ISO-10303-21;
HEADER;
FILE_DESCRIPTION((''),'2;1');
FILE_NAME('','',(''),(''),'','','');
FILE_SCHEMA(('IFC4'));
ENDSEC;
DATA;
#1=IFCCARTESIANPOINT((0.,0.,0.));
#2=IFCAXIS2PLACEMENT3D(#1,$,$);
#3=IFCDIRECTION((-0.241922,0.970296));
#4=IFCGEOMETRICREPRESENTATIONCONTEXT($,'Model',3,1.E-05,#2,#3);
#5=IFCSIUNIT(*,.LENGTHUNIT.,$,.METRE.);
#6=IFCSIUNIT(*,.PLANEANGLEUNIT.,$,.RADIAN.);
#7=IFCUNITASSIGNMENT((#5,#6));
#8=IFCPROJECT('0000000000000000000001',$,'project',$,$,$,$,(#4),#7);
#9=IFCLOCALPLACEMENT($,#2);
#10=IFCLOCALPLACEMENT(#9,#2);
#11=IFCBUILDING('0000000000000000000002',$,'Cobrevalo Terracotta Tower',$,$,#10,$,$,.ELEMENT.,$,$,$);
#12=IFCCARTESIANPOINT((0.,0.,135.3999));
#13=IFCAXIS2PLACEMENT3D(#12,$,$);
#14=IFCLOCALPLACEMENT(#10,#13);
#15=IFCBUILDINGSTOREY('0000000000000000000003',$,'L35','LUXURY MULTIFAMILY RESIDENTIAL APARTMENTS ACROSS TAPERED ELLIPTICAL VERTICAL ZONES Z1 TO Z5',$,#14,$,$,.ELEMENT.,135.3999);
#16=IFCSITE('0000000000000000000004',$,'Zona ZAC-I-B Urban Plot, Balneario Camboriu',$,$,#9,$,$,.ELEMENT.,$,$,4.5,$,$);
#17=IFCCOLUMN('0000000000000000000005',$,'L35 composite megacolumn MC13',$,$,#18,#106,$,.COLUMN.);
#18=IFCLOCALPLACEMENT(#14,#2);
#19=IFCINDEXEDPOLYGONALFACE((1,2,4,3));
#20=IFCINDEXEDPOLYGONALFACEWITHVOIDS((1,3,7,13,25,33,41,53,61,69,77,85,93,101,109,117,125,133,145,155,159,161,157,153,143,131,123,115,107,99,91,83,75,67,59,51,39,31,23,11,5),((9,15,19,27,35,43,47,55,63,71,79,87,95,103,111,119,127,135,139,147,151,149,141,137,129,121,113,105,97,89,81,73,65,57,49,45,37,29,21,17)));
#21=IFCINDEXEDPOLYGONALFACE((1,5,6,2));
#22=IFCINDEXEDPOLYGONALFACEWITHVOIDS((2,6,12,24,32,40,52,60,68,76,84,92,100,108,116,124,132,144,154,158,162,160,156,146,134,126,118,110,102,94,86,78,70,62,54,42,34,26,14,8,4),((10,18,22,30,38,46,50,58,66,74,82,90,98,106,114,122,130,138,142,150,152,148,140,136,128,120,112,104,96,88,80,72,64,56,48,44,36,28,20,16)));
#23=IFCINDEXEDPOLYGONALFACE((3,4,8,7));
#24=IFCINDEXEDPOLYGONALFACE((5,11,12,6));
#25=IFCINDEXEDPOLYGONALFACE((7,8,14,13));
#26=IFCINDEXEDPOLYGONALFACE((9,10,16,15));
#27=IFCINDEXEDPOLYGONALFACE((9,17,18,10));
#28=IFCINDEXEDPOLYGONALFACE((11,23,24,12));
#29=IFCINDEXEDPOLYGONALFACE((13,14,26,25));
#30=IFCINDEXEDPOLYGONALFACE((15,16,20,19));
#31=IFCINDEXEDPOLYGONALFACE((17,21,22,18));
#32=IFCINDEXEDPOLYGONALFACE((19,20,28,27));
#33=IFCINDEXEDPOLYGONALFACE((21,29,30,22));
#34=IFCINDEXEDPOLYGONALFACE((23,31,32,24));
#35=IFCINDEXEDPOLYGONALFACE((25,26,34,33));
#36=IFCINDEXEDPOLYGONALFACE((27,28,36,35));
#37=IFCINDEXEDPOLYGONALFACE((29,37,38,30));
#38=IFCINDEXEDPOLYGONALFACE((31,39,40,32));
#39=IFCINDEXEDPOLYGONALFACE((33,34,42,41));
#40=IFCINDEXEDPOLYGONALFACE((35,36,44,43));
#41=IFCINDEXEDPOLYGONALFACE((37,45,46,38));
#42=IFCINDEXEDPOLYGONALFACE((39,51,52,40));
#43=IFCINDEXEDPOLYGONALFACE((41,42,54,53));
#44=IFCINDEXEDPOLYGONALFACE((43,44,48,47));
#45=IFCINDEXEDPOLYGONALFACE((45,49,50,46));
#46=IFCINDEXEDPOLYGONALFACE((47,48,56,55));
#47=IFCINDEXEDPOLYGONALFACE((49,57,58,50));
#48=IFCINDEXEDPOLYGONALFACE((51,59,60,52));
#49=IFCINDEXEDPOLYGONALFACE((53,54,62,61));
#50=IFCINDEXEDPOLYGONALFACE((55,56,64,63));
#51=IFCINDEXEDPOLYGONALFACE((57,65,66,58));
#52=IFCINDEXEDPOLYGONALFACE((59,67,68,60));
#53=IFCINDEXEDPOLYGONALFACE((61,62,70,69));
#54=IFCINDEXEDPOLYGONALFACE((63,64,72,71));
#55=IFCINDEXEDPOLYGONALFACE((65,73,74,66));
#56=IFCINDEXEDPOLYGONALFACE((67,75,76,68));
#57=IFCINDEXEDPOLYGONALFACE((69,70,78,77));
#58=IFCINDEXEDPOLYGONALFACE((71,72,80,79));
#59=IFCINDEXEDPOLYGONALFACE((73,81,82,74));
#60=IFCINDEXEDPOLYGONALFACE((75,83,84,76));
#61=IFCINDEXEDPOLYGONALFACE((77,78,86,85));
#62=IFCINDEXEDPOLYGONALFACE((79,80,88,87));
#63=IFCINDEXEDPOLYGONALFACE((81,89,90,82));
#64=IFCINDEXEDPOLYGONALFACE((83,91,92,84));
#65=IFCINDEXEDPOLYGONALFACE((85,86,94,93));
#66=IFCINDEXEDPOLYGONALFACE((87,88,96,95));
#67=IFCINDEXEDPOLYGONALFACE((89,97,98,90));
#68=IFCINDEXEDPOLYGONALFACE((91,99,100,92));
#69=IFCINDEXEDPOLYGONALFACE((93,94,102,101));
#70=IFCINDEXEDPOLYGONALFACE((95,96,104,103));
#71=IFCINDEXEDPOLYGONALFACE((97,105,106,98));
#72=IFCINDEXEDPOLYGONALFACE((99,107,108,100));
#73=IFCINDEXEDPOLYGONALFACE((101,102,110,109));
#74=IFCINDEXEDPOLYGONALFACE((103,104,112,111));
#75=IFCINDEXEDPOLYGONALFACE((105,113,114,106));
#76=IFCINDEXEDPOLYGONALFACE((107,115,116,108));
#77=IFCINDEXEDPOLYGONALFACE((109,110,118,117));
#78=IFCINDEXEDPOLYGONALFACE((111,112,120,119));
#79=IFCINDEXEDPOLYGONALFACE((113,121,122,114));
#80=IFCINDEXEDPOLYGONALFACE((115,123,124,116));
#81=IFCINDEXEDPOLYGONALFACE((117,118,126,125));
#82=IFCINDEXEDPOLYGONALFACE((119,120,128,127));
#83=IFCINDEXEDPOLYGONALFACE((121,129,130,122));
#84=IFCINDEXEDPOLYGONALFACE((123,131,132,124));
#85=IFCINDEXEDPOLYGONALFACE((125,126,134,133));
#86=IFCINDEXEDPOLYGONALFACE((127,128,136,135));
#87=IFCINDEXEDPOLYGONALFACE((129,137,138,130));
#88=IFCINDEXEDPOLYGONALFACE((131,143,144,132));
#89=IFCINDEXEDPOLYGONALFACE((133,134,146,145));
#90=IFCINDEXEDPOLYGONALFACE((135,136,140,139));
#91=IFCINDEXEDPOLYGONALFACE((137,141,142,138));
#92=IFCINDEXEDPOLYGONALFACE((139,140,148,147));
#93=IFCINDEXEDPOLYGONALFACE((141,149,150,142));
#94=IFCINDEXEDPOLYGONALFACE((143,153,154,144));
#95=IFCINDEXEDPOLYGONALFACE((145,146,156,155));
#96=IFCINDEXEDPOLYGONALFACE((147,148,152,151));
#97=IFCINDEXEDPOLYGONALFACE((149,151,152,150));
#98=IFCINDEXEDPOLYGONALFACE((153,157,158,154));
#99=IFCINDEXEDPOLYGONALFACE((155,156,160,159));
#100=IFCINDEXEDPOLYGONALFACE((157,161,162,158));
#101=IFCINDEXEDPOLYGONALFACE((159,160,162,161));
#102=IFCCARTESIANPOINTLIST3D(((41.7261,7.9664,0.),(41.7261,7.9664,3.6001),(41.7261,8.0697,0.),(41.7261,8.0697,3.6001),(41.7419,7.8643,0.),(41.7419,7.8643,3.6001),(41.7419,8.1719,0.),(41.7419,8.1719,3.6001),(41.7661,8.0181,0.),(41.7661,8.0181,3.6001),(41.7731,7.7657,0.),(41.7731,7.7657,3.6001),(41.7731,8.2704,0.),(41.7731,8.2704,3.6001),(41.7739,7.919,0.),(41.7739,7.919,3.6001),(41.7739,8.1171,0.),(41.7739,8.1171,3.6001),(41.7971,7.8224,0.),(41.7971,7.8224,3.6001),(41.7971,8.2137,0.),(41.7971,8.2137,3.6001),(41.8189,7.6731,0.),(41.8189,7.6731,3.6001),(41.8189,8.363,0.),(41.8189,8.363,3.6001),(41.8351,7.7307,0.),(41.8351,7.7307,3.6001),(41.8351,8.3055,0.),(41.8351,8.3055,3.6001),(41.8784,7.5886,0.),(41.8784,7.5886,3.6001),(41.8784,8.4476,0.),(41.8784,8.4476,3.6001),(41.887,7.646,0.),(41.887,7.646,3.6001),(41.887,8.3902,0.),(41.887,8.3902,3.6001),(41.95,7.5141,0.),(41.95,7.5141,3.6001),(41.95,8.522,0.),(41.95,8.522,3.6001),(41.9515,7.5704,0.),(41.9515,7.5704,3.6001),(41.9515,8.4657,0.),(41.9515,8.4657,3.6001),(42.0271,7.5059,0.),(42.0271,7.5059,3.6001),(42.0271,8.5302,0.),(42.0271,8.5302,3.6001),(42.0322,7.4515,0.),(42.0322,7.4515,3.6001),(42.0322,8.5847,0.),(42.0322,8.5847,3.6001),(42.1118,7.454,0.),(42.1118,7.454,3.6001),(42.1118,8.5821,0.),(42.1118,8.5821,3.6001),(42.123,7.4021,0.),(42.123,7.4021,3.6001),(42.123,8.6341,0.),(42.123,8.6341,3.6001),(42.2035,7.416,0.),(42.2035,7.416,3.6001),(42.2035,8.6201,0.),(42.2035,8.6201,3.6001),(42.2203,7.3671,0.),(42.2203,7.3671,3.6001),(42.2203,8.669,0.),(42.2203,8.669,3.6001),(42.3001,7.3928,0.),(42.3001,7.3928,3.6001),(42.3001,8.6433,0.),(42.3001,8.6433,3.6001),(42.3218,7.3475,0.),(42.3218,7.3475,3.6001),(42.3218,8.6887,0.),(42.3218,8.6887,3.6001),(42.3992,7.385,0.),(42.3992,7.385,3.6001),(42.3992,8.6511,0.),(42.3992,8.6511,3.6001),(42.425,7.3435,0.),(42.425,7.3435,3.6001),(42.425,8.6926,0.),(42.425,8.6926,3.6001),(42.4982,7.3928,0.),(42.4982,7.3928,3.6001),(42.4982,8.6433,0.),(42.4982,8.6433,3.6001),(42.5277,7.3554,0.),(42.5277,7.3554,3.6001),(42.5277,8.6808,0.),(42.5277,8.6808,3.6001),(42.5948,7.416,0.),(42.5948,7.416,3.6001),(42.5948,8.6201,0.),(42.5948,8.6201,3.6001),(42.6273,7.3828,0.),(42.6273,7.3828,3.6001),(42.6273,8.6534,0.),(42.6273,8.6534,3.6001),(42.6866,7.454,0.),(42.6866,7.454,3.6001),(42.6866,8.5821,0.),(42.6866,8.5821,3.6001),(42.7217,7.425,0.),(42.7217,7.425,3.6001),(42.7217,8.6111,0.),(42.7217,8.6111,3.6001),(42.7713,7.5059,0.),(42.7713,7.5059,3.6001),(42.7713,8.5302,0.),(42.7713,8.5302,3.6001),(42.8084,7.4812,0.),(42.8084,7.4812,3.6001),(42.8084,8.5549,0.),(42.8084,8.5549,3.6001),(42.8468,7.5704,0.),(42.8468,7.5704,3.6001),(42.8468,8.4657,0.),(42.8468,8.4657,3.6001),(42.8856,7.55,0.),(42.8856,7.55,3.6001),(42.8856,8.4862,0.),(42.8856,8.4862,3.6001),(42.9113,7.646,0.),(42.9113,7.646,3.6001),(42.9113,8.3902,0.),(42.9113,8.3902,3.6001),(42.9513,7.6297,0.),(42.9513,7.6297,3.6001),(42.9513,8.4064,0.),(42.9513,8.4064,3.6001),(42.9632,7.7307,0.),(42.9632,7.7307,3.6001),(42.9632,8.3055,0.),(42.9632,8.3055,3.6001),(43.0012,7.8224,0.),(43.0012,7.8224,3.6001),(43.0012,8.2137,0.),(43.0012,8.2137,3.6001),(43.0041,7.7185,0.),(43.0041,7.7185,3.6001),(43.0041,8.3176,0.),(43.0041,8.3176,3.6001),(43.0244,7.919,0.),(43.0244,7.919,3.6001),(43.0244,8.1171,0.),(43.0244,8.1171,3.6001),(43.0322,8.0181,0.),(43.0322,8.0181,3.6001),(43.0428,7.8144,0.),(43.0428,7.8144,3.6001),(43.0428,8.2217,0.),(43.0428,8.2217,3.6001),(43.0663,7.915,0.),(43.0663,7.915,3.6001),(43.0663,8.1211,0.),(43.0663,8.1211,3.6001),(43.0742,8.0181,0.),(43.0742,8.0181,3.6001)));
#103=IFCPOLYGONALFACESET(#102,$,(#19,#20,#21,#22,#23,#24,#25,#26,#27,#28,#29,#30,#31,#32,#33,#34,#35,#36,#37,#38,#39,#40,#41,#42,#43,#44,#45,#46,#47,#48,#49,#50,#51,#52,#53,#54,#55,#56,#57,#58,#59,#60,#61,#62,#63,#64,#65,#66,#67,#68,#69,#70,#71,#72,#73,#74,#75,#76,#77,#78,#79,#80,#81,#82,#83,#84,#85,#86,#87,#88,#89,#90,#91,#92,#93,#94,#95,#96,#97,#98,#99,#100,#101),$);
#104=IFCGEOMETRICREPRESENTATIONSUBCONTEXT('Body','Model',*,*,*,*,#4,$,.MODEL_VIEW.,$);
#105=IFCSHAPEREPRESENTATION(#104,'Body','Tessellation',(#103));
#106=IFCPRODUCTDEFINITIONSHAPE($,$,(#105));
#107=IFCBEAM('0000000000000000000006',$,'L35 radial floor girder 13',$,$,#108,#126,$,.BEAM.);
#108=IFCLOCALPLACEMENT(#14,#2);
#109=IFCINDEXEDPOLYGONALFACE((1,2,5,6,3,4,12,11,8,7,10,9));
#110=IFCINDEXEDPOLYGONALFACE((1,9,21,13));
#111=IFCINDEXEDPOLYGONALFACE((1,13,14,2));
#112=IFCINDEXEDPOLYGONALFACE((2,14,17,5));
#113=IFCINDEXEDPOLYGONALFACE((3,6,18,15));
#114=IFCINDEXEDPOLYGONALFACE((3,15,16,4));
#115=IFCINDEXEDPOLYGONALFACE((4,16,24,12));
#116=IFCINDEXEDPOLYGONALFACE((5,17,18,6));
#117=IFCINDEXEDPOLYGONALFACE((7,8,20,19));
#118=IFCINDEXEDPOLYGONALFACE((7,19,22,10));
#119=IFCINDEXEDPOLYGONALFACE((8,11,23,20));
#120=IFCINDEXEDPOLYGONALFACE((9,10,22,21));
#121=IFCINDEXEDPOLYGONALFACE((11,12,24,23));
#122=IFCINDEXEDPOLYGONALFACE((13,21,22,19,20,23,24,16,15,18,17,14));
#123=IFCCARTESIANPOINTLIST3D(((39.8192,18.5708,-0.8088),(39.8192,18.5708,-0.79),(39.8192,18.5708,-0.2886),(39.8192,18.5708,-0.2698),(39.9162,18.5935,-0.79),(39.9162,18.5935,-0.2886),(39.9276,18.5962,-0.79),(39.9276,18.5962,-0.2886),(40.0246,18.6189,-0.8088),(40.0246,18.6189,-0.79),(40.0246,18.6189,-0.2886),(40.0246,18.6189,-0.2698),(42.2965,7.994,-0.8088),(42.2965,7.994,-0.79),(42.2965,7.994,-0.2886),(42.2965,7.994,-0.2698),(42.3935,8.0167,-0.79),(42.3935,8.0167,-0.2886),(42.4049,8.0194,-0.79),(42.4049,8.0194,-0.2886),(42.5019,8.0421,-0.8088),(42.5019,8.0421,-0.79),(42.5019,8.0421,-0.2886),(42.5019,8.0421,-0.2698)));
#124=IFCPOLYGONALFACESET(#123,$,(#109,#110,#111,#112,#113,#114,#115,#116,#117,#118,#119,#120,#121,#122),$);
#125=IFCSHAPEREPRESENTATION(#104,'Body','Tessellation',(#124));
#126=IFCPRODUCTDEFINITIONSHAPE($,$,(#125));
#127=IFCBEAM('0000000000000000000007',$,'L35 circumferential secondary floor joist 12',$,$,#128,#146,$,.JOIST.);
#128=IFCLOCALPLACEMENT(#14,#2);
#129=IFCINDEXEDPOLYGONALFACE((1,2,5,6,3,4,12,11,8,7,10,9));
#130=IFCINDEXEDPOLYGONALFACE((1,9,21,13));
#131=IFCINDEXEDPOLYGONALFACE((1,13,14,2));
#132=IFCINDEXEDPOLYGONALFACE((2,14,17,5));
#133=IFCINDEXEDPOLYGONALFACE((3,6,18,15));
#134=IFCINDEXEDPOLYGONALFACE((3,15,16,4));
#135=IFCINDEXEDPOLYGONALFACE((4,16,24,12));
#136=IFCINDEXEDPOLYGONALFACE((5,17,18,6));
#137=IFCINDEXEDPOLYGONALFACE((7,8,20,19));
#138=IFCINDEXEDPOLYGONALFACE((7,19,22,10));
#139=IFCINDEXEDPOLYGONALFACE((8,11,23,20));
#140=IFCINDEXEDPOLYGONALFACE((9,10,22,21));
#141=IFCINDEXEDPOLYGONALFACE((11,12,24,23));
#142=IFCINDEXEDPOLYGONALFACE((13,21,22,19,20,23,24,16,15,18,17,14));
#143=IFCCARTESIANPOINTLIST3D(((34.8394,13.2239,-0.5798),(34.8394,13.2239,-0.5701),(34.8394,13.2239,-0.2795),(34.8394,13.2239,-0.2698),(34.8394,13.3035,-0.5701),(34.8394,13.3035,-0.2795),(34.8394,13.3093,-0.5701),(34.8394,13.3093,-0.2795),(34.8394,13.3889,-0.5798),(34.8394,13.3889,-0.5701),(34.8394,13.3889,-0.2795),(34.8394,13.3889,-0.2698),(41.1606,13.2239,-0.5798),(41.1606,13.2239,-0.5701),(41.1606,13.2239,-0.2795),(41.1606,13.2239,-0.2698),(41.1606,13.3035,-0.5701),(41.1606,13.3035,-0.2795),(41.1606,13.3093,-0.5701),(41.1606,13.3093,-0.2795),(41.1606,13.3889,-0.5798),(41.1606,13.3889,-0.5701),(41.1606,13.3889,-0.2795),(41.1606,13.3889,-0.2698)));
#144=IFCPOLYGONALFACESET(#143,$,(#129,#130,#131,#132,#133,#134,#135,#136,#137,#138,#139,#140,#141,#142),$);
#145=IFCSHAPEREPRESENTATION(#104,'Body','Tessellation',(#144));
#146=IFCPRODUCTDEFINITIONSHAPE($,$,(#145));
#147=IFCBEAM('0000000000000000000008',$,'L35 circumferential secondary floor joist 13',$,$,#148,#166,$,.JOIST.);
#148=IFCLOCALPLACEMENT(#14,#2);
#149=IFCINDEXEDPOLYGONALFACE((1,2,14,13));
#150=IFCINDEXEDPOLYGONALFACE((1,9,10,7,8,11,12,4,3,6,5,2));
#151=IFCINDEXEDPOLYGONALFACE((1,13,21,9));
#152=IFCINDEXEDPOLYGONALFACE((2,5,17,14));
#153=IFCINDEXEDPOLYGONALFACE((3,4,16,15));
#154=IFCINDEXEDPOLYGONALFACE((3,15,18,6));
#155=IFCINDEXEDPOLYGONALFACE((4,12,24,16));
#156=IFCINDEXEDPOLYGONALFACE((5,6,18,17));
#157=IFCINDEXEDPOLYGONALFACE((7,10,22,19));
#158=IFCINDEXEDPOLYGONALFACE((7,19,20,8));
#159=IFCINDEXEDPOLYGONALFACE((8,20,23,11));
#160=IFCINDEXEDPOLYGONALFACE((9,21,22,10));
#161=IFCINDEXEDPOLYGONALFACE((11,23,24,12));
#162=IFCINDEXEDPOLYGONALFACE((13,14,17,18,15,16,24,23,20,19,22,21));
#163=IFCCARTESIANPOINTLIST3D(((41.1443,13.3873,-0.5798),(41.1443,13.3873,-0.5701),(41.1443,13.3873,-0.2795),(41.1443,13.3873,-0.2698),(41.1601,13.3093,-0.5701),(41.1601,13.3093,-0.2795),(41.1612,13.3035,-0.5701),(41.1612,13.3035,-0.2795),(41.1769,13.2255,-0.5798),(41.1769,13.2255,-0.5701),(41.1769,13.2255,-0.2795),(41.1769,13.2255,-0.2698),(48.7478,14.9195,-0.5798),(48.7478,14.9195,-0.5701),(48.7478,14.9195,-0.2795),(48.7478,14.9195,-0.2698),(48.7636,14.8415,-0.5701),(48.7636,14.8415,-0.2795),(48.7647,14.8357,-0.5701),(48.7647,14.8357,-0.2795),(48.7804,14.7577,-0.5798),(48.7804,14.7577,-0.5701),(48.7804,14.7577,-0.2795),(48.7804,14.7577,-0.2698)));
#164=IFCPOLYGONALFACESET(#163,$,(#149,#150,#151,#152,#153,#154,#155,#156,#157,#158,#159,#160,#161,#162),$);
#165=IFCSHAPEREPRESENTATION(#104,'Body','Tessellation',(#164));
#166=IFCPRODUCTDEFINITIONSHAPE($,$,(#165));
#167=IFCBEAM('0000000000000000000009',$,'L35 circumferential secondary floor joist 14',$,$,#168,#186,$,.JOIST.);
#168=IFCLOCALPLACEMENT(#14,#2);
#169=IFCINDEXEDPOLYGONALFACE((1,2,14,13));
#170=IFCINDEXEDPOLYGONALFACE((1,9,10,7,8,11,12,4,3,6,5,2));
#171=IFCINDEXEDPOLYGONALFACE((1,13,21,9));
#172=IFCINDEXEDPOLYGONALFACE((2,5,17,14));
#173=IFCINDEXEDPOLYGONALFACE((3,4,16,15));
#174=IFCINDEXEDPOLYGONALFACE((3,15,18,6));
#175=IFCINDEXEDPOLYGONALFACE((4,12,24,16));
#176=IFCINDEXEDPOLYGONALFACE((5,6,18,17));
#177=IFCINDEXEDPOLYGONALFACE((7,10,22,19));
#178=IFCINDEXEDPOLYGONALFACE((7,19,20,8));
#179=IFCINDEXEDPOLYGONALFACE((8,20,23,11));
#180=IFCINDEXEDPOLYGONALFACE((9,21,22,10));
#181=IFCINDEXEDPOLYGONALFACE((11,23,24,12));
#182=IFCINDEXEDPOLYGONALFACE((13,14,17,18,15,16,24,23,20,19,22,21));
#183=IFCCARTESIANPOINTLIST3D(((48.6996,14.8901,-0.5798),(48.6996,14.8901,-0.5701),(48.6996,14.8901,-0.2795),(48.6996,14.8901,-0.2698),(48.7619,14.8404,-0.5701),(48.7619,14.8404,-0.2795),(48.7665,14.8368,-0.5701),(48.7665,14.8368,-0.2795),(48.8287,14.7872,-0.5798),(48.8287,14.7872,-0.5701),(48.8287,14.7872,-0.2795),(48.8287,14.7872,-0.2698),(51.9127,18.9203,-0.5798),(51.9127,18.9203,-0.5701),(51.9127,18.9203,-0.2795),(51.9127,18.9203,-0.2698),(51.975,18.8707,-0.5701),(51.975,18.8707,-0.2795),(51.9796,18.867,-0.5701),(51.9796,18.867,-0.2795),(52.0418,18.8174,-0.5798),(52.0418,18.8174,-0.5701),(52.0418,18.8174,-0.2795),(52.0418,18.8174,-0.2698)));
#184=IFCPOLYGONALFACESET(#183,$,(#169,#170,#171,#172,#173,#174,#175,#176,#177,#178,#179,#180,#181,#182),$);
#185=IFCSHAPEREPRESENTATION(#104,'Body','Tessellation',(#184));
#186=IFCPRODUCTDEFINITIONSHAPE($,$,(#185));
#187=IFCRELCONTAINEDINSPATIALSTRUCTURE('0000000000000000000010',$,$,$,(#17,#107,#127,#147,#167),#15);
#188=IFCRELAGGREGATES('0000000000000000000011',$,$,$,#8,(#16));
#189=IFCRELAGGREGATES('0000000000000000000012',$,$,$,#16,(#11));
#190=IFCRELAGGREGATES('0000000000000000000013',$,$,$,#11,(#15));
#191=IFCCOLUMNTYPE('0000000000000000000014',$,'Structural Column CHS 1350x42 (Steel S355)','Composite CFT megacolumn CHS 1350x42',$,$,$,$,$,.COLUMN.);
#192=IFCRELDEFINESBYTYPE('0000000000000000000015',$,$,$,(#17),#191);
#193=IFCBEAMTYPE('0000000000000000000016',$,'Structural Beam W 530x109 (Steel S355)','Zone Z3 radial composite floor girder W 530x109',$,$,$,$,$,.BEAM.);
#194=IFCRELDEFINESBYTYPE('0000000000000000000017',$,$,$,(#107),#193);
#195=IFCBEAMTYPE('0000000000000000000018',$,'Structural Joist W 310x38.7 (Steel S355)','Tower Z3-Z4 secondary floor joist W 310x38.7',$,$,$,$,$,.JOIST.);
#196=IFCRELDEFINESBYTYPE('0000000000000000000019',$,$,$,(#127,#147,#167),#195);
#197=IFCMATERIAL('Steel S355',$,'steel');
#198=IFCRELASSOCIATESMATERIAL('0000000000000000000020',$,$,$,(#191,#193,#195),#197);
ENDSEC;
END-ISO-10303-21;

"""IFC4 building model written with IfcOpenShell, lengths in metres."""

from ifc_helpers import new_model, si_unit, direction, frame, origin, origin_2d, place, context, subcontext, project, spatial, hollow_circle, i_section, extrude, material, material_profile, profile_set, type_object, element, save


model = new_model("IFC4")

# Units and contexts
model_context = context("Model", 3, precision=1e-05, world=origin(), true_north=direction((-0.241922, 0.970296)))
body_context = subcontext(model_context, "Body", "Model", "MODEL_VIEW")
ifc_project = project(units=[si_unit("LENGTHUNIT", "METRE"), si_unit("PLANEANGLEUNIT", "RADIAN")], contexts=[model_context])

# Site, building, storey
site_placement = place(None, origin())
site = spatial("IfcSite", under=ifc_project, at=site_placement, Name="Zona ZAC-I-B Urban Plot, Balneario Camboriu", CompositionType="ELEMENT", RefElevation=4.5)
building_placement = place(site_placement, origin())
building = spatial("IfcBuilding", under=site, at=building_placement, Name="Cobrevalo Terracotta Tower", CompositionType="ELEMENT")
storey_placement = place(building_placement, frame((0.0, 0.0, 135.3999)))
storey = spatial("IfcBuildingStorey", under=building, at=storey_placement, Name="L35", Description="LUXURY MULTIFAMILY RESIDENTIAL APARTMENTS ACROSS TAPERED ELLIPTICAL VERTICAL ZONES Z1 TO Z5", CompositionType="ELEMENT", Elevation=135.3999)

# Column
ifc_material_1 = material(Name="Steel S355", Category="steel")
ifc_material_profile_1 = material_profile(ifc_material_1, hollow_circle(Radius=0.675, WallThickness=0.042, at=origin_2d()), Name="CHS 1350x42")
ifc_profile_set_1 = profile_set([ifc_material_profile_1], Name="Steel S355")
column_type = type_object("IfcColumnType", Name="Structural Column CHS 1350x42 (Steel S355)", Description="Composite CFT megacolumn CHS 1350x42", PredefinedType="COLUMN", material=ifc_profile_set_1)
column_placement = place(storey_placement, frame((42.3992, 8.0181, 0.0), z_axis=(0.0, 0.0, 1.0), x_axis=(1.0, 0.0, 0.0)))
element("IfcColumn", 1, at=column_placement, inside=storey, type_object=column_type, Name="L35 composite megacolumn MC13", PredefinedType="COLUMN", context=body_context, shape_type="SweptSolid", body=[
    extrude(hollow_circle(Radius=0.675, WallThickness=0.042, at=origin_2d()), origin(), (0.0, 0.0, 1.0), 3.6001),
])

# Beams
ifc_material_profile_2 = material_profile(ifc_material_1, i_section(OverallWidth=0.2109, OverallDepth=0.5391, WebThickness=0.0117, FlangeThickness=0.0188, at=origin_2d()), Name="W 530x109")
ifc_profile_set_2 = profile_set([ifc_material_profile_2], Name="Steel S355")
beam_type_1 = type_object("IfcBeamType", Name="Structural Beam W 530x109 (Steel S355)", Description="Zone Z3 radial composite floor girder W 530x109", PredefinedType="BEAM", material=ifc_profile_set_2)
beam_1_placement = place(storey_placement, frame((42.3992, 8.0181, -0.5393), z_axis=(-0.228046, 0.97365, 0.0), x_axis=(-0.97365, -0.228046, 0.0)))
element("IfcBeam", 2, at=beam_1_placement, inside=storey, type_object=beam_type_1, Name="L35 radial floor girder 13", PredefinedType="BEAM", context=body_context, shape_type="SweptSolid", body=[
    extrude(i_section(OverallWidth=0.2109, OverallDepth=0.5391, WebThickness=0.0117, FlangeThickness=0.0188, at=origin_2d()), origin(), (0.0, 0.0, 1.0), 10.863),
])
ifc_material_profile_3 = material_profile(ifc_material_1, i_section(OverallWidth=0.165, OverallDepth=0.3101, WebThickness=0.0059, FlangeThickness=0.0098, at=origin_2d()), Name="W 310x38.7")
ifc_profile_set_3 = profile_set([ifc_material_profile_3], Name="Steel S355")
beam_type_2 = type_object("IfcBeamType", Name="Structural Joist W 310x38.7 (Steel S355)", Description="Tower Z3-Z4 secondary floor joist W 310x38.7", PredefinedType="JOIST", material=ifc_profile_set_3)
beam_2_placement = place(storey_placement, frame((34.8394, 13.3064, -0.4248), z_axis=(1.0, 0.0, 0.0), x_axis=(0.0, 1.0, 0.0)))
element("IfcBeam", 3, at=beam_2_placement, inside=storey, type_object=beam_type_2, Name="L35 circumferential secondary floor joist 12", PredefinedType="JOIST", context=body_context, shape_type="SweptSolid", body=[
    extrude(i_section(OverallWidth=0.165, OverallDepth=0.3101, WebThickness=0.0059, FlangeThickness=0.0098, at=origin_2d()), origin(), (0.0, 0.0, 1.0), 6.3213),
])
beam_3_placement = place(storey_placement, frame((41.1606, 13.3064, -0.4248), z_axis=(0.980294, 0.197544, 0.0), x_axis=(-0.197544, 0.980294, 0.0)))
element("IfcBeam", 4, at=beam_3_placement, inside=storey, type_object=beam_type_2, Name="L35 circumferential secondary floor joist 13", PredefinedType="JOIST", context=body_context, shape_type="SweptSolid", body=[
    extrude(i_section(OverallWidth=0.165, OverallDepth=0.3101, WebThickness=0.0059, FlangeThickness=0.0098, at=origin_2d()), origin(), (0.0, 0.0, 1.0), 7.7563),
])
beam_4_placement = place(storey_placement, frame((48.7642, 14.8386, -0.4248), z_axis=(0.623383, 0.781917, 0.0), x_axis=(-0.781917, 0.623383, 0.0)))
element("IfcBeam", 5, at=beam_4_placement, inside=storey, type_object=beam_type_2, Name="L35 circumferential secondary floor joist 14", PredefinedType="JOIST", context=body_context, shape_type="SweptSolid", body=[
    extrude(i_section(OverallWidth=0.165, OverallDepth=0.3101, WebThickness=0.0059, FlangeThickness=0.0098, at=origin_2d()), origin(), (0.0, 0.0, 1.0), 5.1543),
])

save(model, "model.ifc")
